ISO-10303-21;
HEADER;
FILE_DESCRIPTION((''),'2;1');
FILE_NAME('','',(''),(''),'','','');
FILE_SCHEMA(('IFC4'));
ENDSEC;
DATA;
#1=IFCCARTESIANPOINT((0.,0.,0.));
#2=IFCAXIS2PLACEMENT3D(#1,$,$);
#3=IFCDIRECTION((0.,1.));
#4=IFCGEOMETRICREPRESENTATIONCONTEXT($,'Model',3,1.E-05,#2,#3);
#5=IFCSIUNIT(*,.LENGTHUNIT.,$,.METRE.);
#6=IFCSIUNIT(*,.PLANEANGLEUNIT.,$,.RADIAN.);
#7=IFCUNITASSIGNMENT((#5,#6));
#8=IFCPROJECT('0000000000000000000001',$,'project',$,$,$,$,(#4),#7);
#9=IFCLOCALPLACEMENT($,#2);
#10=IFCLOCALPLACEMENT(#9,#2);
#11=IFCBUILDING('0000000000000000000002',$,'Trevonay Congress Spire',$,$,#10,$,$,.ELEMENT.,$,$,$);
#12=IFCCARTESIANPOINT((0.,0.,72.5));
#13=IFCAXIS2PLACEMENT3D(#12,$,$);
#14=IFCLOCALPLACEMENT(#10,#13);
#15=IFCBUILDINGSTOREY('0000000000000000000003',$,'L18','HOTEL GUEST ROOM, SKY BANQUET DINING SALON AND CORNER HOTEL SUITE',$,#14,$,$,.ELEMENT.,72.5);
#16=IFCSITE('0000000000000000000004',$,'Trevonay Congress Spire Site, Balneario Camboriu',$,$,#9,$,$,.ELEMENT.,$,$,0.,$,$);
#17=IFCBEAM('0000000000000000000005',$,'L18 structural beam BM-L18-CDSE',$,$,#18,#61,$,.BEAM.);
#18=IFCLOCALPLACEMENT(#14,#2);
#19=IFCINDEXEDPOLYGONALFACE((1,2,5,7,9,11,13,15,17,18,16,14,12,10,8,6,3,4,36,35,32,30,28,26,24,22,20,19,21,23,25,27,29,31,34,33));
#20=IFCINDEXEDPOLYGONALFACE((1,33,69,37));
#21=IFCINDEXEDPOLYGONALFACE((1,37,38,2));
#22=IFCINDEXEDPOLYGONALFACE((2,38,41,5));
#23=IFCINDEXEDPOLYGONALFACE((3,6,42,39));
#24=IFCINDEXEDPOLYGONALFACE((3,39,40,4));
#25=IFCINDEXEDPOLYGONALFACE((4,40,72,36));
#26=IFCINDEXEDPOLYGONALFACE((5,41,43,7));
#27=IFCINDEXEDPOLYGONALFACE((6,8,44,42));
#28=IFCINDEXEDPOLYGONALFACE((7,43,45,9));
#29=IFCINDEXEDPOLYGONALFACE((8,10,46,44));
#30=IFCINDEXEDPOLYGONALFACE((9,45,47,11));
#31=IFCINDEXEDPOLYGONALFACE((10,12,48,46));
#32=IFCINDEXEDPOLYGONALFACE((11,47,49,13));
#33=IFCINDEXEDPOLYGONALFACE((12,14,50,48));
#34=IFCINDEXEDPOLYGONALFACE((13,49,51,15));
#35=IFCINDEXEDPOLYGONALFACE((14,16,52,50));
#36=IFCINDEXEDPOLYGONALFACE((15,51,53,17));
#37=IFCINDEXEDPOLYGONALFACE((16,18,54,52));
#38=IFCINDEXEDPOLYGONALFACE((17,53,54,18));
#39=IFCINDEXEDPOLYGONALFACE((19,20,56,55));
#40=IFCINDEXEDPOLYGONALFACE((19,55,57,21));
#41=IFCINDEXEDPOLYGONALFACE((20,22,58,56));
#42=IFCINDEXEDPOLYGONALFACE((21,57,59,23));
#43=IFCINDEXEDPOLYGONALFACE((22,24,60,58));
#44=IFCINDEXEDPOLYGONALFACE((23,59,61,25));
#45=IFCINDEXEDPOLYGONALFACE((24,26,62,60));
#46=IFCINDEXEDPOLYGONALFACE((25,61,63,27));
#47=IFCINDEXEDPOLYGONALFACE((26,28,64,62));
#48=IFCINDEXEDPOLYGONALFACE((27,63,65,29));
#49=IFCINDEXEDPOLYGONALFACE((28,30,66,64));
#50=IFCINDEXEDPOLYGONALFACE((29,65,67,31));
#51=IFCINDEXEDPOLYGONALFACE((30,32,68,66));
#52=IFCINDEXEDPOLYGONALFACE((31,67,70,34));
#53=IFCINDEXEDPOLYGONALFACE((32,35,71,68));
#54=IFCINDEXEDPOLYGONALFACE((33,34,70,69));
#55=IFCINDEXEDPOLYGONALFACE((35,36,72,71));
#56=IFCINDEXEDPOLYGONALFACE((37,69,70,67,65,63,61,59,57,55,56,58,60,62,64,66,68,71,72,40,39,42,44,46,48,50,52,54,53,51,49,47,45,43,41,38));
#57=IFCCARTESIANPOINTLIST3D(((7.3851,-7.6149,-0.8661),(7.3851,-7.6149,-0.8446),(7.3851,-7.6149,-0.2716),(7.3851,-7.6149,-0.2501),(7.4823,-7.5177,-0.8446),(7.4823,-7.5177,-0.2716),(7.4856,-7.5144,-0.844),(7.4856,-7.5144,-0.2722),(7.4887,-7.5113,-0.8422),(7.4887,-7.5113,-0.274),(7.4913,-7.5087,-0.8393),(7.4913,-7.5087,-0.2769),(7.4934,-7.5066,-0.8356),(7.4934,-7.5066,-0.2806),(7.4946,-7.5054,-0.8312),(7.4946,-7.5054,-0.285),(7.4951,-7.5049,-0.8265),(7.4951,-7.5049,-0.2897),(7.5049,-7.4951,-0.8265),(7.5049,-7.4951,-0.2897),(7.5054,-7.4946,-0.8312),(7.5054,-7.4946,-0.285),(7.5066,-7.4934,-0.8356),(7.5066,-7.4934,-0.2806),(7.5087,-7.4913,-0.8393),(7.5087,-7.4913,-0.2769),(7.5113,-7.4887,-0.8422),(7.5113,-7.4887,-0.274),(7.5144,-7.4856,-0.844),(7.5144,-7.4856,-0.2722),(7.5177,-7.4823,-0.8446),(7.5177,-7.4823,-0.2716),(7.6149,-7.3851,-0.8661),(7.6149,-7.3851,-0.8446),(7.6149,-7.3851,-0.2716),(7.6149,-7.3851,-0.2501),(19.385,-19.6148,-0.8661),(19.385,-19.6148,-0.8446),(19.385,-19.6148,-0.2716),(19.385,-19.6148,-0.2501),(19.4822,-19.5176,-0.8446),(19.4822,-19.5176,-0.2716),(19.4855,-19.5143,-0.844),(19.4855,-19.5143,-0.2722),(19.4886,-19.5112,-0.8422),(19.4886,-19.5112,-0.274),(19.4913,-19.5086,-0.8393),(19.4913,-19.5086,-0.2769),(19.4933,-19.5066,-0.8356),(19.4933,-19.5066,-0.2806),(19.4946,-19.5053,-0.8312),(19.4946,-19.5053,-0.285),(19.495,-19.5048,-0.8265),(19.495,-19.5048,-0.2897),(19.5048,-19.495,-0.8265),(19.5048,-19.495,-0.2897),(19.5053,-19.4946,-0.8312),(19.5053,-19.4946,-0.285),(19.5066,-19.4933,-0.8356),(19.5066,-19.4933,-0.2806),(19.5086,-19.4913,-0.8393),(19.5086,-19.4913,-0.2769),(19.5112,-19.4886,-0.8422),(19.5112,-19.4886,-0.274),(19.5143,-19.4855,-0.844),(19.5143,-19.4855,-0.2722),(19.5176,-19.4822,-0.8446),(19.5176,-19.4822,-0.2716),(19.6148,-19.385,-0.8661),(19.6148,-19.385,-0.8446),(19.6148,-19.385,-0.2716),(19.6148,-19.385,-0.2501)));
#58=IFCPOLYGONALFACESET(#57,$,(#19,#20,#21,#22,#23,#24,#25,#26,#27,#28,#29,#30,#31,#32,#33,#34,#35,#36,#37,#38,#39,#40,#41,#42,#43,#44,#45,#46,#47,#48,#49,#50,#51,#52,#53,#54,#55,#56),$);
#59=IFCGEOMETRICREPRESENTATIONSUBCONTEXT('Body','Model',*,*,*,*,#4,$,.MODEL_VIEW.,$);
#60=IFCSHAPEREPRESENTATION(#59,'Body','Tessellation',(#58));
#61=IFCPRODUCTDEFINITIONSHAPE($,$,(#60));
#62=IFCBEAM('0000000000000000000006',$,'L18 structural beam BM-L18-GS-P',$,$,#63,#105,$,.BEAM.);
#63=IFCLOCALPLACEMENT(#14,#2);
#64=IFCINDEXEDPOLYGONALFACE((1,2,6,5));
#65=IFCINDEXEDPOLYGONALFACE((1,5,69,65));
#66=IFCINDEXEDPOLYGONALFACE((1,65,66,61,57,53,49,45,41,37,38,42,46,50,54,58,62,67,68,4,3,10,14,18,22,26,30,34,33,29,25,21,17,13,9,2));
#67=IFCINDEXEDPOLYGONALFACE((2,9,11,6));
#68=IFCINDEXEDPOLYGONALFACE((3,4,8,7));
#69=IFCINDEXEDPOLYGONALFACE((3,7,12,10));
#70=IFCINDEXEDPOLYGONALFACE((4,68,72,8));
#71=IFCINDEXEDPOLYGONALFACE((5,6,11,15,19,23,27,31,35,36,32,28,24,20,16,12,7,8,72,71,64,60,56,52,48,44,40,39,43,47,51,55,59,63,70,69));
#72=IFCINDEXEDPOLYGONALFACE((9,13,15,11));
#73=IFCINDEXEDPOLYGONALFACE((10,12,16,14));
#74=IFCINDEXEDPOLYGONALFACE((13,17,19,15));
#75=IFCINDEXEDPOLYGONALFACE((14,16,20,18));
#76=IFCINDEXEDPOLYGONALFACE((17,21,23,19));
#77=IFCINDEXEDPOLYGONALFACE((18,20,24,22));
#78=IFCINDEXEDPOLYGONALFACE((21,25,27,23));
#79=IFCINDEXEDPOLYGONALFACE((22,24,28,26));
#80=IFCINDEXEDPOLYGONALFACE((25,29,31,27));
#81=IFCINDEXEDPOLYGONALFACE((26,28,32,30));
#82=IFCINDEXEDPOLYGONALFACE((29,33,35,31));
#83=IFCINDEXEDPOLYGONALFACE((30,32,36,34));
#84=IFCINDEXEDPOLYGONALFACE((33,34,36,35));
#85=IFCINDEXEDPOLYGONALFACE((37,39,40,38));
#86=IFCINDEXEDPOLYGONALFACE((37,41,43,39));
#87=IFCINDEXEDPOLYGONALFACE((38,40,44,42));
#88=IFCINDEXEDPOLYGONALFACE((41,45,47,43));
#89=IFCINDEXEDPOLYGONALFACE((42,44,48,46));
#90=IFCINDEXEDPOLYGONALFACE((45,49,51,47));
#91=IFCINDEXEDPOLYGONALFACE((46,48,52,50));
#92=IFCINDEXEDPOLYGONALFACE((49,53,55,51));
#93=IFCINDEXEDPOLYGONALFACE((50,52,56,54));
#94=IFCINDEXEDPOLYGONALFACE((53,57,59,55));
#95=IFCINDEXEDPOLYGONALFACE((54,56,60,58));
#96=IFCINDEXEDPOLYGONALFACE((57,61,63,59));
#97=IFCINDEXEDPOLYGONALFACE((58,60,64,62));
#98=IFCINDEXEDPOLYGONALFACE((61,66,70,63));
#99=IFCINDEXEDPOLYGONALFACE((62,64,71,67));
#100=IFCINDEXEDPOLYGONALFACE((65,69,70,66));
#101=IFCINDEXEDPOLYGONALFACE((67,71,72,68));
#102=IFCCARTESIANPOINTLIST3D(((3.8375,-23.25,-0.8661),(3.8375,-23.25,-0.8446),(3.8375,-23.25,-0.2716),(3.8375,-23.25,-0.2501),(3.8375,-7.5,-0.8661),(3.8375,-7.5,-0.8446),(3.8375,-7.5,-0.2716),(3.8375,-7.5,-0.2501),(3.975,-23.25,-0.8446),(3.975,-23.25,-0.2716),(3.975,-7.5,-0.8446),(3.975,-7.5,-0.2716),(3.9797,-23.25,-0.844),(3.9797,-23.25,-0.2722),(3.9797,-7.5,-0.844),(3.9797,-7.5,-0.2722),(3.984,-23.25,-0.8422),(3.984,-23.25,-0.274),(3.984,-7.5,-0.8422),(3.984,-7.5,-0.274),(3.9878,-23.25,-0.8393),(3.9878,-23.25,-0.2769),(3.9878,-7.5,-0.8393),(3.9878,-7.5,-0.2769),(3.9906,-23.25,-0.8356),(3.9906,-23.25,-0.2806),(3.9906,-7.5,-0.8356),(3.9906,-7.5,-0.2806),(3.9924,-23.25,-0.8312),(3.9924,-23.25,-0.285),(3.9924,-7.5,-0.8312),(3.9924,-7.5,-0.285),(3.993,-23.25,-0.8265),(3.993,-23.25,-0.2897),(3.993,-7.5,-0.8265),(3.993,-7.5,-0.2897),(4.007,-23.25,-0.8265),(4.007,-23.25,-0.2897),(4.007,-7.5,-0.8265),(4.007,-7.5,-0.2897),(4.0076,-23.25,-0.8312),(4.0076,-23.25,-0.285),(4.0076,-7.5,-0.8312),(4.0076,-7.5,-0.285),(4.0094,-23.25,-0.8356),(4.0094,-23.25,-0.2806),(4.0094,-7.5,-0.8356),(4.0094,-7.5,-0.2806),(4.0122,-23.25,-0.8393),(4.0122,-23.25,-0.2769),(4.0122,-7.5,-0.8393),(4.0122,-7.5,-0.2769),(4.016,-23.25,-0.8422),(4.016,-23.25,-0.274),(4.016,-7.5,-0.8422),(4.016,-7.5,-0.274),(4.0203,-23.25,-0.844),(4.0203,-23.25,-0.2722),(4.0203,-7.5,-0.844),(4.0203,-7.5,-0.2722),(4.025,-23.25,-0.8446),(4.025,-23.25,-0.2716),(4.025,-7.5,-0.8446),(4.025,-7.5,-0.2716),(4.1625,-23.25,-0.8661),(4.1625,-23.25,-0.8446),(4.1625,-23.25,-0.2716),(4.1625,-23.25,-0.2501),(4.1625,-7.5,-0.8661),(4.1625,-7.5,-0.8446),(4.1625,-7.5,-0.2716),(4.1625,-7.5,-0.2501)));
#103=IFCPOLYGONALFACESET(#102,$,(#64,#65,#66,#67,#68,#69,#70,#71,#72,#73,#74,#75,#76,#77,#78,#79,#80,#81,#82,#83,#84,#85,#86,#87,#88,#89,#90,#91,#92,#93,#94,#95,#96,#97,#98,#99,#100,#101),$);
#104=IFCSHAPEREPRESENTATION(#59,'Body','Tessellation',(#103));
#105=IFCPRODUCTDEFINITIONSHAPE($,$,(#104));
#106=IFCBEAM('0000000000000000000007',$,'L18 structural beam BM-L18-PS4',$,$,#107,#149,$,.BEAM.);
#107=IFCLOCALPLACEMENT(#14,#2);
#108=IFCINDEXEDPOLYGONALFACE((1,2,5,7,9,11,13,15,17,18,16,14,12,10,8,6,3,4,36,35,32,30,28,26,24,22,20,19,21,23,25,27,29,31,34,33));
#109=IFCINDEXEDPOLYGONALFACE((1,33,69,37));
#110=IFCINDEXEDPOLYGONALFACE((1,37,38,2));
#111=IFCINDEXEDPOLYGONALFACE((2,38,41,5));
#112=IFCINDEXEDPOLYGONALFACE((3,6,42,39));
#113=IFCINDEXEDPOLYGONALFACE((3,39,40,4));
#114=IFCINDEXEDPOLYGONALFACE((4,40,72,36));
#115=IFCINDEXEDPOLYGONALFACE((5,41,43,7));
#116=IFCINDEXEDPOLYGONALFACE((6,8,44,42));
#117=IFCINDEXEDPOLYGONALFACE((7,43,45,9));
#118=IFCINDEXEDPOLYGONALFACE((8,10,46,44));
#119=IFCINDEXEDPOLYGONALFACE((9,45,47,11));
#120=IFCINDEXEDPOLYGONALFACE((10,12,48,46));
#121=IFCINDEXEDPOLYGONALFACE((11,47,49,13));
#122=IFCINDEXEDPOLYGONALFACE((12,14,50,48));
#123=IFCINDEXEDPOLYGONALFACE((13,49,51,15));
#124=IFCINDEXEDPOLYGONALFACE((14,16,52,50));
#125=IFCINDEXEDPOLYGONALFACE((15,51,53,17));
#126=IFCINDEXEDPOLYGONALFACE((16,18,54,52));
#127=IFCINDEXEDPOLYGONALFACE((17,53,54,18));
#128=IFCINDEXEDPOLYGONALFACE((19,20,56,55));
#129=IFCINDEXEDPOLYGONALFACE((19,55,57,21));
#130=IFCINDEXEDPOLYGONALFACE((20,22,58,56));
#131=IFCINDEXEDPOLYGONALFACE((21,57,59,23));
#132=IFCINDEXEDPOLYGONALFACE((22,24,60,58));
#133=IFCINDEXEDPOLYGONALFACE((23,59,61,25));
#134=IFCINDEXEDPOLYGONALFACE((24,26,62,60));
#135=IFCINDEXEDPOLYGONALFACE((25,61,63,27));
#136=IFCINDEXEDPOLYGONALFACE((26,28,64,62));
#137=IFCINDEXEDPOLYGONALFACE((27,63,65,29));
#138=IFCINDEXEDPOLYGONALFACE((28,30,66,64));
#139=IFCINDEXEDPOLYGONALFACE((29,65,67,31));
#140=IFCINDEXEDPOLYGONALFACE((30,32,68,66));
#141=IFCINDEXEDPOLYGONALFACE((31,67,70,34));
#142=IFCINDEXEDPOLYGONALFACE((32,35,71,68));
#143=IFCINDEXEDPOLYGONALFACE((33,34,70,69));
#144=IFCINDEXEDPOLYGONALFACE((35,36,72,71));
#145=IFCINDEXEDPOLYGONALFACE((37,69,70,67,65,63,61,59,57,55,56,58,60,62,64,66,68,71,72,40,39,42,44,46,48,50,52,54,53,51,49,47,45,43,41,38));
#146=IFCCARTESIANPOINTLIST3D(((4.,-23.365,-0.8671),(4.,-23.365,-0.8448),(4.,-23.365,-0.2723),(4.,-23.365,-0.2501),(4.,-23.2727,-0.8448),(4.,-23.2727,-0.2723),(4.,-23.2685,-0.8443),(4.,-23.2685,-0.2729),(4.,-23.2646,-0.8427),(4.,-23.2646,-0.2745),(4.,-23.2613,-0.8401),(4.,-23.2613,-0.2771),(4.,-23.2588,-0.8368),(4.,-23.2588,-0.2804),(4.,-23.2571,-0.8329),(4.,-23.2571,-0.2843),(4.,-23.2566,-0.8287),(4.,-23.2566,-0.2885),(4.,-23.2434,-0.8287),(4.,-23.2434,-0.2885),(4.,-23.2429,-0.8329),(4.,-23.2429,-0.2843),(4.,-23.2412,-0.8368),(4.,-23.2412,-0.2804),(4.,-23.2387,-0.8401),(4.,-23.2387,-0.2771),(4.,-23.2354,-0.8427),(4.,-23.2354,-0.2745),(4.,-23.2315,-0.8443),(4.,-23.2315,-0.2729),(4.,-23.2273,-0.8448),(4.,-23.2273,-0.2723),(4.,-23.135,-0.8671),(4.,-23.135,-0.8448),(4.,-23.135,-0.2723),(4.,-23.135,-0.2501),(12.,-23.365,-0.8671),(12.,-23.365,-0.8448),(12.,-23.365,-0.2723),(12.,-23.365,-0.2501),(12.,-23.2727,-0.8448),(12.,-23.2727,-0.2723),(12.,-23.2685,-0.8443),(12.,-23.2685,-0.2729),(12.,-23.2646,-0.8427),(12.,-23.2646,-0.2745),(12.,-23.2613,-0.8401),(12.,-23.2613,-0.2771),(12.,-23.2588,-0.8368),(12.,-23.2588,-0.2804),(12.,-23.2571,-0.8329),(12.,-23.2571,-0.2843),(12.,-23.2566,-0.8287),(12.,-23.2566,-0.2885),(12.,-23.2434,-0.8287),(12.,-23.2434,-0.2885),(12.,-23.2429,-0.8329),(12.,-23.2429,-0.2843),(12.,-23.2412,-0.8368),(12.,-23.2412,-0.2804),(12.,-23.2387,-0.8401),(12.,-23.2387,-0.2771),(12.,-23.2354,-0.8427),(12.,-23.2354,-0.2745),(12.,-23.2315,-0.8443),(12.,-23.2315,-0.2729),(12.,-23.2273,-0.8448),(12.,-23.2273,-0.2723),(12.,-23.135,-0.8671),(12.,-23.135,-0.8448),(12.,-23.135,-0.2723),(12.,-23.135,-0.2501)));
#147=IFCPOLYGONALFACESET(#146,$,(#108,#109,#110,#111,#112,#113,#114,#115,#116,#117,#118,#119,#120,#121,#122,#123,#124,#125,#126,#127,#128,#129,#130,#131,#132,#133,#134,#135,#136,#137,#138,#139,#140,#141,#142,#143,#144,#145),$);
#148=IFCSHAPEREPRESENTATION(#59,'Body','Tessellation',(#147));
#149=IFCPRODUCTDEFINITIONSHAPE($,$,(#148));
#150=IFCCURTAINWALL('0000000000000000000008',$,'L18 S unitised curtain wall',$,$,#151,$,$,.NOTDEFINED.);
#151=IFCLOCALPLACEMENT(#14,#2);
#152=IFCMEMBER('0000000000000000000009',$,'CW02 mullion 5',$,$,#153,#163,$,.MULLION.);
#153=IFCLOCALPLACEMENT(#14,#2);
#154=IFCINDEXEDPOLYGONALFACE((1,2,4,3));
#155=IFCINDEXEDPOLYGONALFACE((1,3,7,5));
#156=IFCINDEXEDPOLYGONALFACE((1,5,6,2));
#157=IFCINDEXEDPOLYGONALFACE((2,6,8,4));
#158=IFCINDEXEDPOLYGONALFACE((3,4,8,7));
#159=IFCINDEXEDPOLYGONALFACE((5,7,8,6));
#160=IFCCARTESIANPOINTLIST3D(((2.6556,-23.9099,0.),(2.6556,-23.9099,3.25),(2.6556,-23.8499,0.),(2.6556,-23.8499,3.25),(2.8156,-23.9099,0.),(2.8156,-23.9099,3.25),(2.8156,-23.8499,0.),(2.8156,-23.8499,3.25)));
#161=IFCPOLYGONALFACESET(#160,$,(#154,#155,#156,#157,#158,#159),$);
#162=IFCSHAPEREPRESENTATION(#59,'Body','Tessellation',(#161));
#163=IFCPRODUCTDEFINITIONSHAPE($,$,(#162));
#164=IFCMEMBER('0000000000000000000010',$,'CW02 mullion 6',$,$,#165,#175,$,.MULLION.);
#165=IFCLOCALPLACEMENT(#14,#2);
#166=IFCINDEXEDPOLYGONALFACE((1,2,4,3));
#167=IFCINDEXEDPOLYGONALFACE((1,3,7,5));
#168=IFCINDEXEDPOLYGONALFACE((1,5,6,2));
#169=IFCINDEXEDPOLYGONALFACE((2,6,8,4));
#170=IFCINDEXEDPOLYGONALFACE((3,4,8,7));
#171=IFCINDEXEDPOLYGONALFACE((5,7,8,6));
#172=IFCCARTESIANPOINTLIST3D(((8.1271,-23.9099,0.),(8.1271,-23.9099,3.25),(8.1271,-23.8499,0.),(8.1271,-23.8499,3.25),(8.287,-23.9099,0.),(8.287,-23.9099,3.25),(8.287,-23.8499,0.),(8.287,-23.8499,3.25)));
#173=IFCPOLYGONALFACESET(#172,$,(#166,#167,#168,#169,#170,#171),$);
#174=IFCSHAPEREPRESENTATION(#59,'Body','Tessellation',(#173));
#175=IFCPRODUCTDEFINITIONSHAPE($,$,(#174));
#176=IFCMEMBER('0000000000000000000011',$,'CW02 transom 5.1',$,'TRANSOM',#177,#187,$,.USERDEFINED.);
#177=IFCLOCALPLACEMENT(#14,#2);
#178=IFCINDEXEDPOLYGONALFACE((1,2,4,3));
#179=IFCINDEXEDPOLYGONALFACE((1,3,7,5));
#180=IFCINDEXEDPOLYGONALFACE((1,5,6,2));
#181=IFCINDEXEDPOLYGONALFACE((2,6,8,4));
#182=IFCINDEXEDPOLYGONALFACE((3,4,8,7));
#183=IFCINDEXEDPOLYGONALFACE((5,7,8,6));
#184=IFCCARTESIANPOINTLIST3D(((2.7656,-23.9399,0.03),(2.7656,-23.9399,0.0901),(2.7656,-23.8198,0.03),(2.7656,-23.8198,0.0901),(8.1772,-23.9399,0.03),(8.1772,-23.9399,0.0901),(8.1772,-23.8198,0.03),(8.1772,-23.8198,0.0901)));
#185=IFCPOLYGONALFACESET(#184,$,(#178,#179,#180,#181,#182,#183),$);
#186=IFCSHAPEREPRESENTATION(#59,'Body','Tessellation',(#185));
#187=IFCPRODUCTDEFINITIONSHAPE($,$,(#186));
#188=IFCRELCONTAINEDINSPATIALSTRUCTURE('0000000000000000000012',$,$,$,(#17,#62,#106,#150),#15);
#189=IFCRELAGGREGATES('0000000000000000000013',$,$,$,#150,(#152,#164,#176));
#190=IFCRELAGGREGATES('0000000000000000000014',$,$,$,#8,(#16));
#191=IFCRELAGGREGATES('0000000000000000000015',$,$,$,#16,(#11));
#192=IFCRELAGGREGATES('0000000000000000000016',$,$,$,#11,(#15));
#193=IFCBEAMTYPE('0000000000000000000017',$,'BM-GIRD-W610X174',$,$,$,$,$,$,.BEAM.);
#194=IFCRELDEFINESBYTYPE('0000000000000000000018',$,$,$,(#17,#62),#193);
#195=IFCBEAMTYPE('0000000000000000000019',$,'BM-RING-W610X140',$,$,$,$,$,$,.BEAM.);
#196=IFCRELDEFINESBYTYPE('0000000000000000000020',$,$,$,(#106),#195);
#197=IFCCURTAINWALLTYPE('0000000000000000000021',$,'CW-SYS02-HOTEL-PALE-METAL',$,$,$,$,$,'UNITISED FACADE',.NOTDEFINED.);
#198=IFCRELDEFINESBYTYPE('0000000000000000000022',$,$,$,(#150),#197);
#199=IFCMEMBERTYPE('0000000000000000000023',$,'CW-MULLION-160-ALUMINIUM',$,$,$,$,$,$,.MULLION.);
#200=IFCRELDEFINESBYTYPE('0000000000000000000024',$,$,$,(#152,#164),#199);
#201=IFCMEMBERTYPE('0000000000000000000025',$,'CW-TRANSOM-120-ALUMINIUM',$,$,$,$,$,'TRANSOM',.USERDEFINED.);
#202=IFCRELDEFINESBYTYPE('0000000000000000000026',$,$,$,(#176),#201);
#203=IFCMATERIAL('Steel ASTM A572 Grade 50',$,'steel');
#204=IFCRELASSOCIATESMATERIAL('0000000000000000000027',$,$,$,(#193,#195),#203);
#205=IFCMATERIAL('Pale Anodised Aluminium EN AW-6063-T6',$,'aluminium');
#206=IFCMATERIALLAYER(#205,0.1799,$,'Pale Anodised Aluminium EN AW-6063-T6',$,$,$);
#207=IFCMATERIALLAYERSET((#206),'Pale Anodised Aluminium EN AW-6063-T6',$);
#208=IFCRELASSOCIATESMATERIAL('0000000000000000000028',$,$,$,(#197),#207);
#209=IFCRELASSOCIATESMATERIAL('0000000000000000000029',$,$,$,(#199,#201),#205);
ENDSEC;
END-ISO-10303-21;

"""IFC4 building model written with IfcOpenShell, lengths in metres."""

from ifc_helpers import new_model, si_unit, direction, frame, origin, origin_2d, place, context, subcontext, project, spatial, rectangle, i_section, extrude, material, layer, layer_set, material_profile, profile_set, type_object, element, aggregate, save


model = new_model("IFC4")

# Units and contexts
model_context = context("Model", 3, precision=1e-05, world=origin(), true_north=direction((0.0, 1.0)))
body_context = subcontext(model_context, "Body", "Model", "MODEL_VIEW")
ifc_project = project(units=[si_unit("LENGTHUNIT", "METRE"), si_unit("PLANEANGLEUNIT", "RADIAN")], contexts=[model_context])

# Site, building, storey
site_placement = place(None, origin())
site = spatial("IfcSite", under=ifc_project, at=site_placement, Name="Trevonay Congress Spire Site, Balneario Camboriu", CompositionType="ELEMENT", RefElevation=0.0)
building_placement = place(site_placement, origin())
building = spatial("IfcBuilding", under=site, at=building_placement, Name="Trevonay Congress Spire", CompositionType="ELEMENT")
storey_placement = place(building_placement, frame((0.0, 0.0, 72.5)))
storey = spatial("IfcBuildingStorey", under=building, at=storey_placement, Name="L18", Description="HOTEL GUEST ROOM, SKY BANQUET DINING SALON AND CORNER HOTEL SUITE", CompositionType="ELEMENT", Elevation=72.5)

# Shared definitions
ifc_material_1 = material(Name="Steel ASTM A572 Grade 50", Category="steel")

# Beams
ifc_material_profile_1 = material_profile(ifc_material_1, i_section(OverallWidth=0.325, OverallDepth=0.616, WebThickness=0.0139, FlangeThickness=0.0215, FilletRadius=0.0181, at=origin_2d()), Name="W610x174")
ifc_profile_set_1 = profile_set([ifc_material_profile_1], Name="Steel ASTM A572 Grade 50")
beam_type_1 = type_object("IfcBeamType", Name="BM-GIRD-W610X174", PredefinedType="BEAM", material=ifc_profile_set_1)
beam_1_placement = place(storey_placement, frame((7.5, -7.5, -0.5581), z_axis=(0.707107, -0.707107, 0.0), x_axis=(0.707107, 0.707107, 0.0)))
element("IfcBeam", 1, at=beam_1_placement, inside=storey, type_object=beam_type_1, Name="L18 structural beam BM-L18-CDSE", PredefinedType="BEAM", context=body_context, shape_type="SweptSolid", body=[
    extrude(i_section(OverallWidth=0.325, OverallDepth=0.616, WebThickness=0.0139, FlangeThickness=0.0215, FilletRadius=0.0181, at=origin_2d()), origin(), (0.0, 0.0, 1.0), 16.9705),
])
beam_2_placement = place(storey_placement, frame((4.0, -7.5, -0.5581), z_axis=(0.0, -1.0, 0.0), x_axis=(1.0, 0.0, 0.0)))
element("IfcBeam", 2, at=beam_2_placement, inside=storey, type_object=beam_type_1, Name="L18 structural beam BM-L18-GS-P", PredefinedType="BEAM", context=body_context, shape_type="SweptSolid", body=[
    extrude(i_section(OverallWidth=0.325, OverallDepth=0.616, WebThickness=0.0139, FlangeThickness=0.0215, FilletRadius=0.0181, at=origin_2d()), origin(), (0.0, 0.0, 1.0), 15.75),
])
ifc_material_profile_2 = material_profile(ifc_material_1, i_section(OverallWidth=0.23, OverallDepth=0.6169, WebThickness=0.0132, FlangeThickness=0.0222, FilletRadius=0.0161, at=origin_2d()), Name="W610x140")
ifc_profile_set_2 = profile_set([ifc_material_profile_2], Name="Steel ASTM A572 Grade 50")
beam_type_2 = type_object("IfcBeamType", Name="BM-RING-W610X140", PredefinedType="BEAM", material=ifc_profile_set_2)
beam_3_placement = place(storey_placement, frame((4.0, -23.25, -0.5586), z_axis=(1.0, 0.0, 0.0), x_axis=(0.0, 1.0, 0.0)))
element("IfcBeam", 3, at=beam_3_placement, inside=storey, type_object=beam_type_2, Name="L18 structural beam BM-L18-PS4", PredefinedType="BEAM", context=body_context, shape_type="SweptSolid", body=[
    extrude(i_section(OverallWidth=0.23, OverallDepth=0.6169, WebThickness=0.0132, FlangeThickness=0.0222, FilletRadius=0.0161, at=origin_2d()), origin(), (0.0, 0.0, 1.0), 8.0),
])

# Curtain wall, members
ifc_material_2 = material(Name="Pale Anodised Aluminium EN AW-6063-T6", Category="aluminium")
ifc_layer_1 = layer(ifc_material_2, 0.1799, Name="Pale Anodised Aluminium EN AW-6063-T6")
ifc_layer_set_1 = layer_set([ifc_layer_1], Name="Pale Anodised Aluminium EN AW-6063-T6")
curtain_wall_type = type_object("IfcCurtainWallType", Name="CW-SYS02-HOTEL-PALE-METAL", ElementType="UNITISED FACADE", PredefinedType="NOTDEFINED", material=ifc_layer_set_1)
curtain_wall_placement = place(storey_placement, origin())
curtain_wall = element("IfcCurtainWall", 4, at=curtain_wall_placement, inside=storey, type_object=curtain_wall_type, Name="L18 S unitised curtain wall", PredefinedType="NOTDEFINED")
ifc_material_profile_3 = material_profile(ifc_material_2, rectangle(XDim=0.0601, YDim=0.1599, at=origin_2d()), Name="CW-MULLION-160-ALUMINIUM")
ifc_profile_set_3 = profile_set([ifc_material_profile_3], Name="Pale Anodised Aluminium EN AW-6063-T6")
member_type_1 = type_object("IfcMemberType", Name="CW-MULLION-160-ALUMINIUM", PredefinedType="MULLION", material=ifc_profile_set_3)
member_1_placement = place(storey_placement, frame((2.7356, -23.8799, 0.0), z_axis=(0.0, 0.0, 1.0), x_axis=(0.0, 1.0, 0.0)))
member_1 = element("IfcMember", 5, at=member_1_placement, type_object=member_type_1, Name="CW02 mullion 5", PredefinedType="MULLION", context=body_context, shape_type="SweptSolid", body=[
    extrude(rectangle(XDim=0.0601, YDim=0.1599, at=origin_2d()), origin(), (0.0, 0.0, 1.0), 3.25),
])
member_2_placement = place(storey_placement, frame((8.207, -23.8799, 0.0), z_axis=(0.0, 0.0, 1.0), x_axis=(0.0, 1.0, 0.0)))
member_2 = element("IfcMember", 6, at=member_2_placement, type_object=member_type_1, Name="CW02 mullion 6", PredefinedType="MULLION", context=body_context, shape_type="SweptSolid", body=[
    extrude(rectangle(XDim=0.0601, YDim=0.1599, at=origin_2d()), origin(), (0.0, 0.0, 1.0), 3.25),
])
ifc_material_profile_4 = material_profile(ifc_material_2, rectangle(XDim=0.1201, YDim=0.0601, at=origin_2d()), Name="CW-TRANSOM-120-ALUMINIUM")
ifc_profile_set_4 = profile_set([ifc_material_profile_4], Name="Pale Anodised Aluminium EN AW-6063-T6")
member_type_2 = type_object("IfcMemberType", Name="CW-TRANSOM-120-ALUMINIUM", ElementType="TRANSOM", PredefinedType="USERDEFINED", material=ifc_profile_set_4)
member_3_placement = place(storey_placement, frame((2.7656, -23.8799, 0.0601), z_axis=(1.0, 0.0, 0.0), x_axis=(0.0, 1.0, 0.0)))
member_3 = element("IfcMember", 7, at=member_3_placement, type_object=member_type_2, Name="CW02 transom 5.1", ObjectType="TRANSOM", PredefinedType="USERDEFINED", context=body_context, shape_type="SweptSolid", body=[
    extrude(rectangle(XDim=0.1201, YDim=0.0601, at=origin_2d()), origin(), (0.0, 0.0, 1.0), 5.4116),
])

aggregate(curtain_wall, [member_1, member_2, member_3])

save(model, "model.ifc")
